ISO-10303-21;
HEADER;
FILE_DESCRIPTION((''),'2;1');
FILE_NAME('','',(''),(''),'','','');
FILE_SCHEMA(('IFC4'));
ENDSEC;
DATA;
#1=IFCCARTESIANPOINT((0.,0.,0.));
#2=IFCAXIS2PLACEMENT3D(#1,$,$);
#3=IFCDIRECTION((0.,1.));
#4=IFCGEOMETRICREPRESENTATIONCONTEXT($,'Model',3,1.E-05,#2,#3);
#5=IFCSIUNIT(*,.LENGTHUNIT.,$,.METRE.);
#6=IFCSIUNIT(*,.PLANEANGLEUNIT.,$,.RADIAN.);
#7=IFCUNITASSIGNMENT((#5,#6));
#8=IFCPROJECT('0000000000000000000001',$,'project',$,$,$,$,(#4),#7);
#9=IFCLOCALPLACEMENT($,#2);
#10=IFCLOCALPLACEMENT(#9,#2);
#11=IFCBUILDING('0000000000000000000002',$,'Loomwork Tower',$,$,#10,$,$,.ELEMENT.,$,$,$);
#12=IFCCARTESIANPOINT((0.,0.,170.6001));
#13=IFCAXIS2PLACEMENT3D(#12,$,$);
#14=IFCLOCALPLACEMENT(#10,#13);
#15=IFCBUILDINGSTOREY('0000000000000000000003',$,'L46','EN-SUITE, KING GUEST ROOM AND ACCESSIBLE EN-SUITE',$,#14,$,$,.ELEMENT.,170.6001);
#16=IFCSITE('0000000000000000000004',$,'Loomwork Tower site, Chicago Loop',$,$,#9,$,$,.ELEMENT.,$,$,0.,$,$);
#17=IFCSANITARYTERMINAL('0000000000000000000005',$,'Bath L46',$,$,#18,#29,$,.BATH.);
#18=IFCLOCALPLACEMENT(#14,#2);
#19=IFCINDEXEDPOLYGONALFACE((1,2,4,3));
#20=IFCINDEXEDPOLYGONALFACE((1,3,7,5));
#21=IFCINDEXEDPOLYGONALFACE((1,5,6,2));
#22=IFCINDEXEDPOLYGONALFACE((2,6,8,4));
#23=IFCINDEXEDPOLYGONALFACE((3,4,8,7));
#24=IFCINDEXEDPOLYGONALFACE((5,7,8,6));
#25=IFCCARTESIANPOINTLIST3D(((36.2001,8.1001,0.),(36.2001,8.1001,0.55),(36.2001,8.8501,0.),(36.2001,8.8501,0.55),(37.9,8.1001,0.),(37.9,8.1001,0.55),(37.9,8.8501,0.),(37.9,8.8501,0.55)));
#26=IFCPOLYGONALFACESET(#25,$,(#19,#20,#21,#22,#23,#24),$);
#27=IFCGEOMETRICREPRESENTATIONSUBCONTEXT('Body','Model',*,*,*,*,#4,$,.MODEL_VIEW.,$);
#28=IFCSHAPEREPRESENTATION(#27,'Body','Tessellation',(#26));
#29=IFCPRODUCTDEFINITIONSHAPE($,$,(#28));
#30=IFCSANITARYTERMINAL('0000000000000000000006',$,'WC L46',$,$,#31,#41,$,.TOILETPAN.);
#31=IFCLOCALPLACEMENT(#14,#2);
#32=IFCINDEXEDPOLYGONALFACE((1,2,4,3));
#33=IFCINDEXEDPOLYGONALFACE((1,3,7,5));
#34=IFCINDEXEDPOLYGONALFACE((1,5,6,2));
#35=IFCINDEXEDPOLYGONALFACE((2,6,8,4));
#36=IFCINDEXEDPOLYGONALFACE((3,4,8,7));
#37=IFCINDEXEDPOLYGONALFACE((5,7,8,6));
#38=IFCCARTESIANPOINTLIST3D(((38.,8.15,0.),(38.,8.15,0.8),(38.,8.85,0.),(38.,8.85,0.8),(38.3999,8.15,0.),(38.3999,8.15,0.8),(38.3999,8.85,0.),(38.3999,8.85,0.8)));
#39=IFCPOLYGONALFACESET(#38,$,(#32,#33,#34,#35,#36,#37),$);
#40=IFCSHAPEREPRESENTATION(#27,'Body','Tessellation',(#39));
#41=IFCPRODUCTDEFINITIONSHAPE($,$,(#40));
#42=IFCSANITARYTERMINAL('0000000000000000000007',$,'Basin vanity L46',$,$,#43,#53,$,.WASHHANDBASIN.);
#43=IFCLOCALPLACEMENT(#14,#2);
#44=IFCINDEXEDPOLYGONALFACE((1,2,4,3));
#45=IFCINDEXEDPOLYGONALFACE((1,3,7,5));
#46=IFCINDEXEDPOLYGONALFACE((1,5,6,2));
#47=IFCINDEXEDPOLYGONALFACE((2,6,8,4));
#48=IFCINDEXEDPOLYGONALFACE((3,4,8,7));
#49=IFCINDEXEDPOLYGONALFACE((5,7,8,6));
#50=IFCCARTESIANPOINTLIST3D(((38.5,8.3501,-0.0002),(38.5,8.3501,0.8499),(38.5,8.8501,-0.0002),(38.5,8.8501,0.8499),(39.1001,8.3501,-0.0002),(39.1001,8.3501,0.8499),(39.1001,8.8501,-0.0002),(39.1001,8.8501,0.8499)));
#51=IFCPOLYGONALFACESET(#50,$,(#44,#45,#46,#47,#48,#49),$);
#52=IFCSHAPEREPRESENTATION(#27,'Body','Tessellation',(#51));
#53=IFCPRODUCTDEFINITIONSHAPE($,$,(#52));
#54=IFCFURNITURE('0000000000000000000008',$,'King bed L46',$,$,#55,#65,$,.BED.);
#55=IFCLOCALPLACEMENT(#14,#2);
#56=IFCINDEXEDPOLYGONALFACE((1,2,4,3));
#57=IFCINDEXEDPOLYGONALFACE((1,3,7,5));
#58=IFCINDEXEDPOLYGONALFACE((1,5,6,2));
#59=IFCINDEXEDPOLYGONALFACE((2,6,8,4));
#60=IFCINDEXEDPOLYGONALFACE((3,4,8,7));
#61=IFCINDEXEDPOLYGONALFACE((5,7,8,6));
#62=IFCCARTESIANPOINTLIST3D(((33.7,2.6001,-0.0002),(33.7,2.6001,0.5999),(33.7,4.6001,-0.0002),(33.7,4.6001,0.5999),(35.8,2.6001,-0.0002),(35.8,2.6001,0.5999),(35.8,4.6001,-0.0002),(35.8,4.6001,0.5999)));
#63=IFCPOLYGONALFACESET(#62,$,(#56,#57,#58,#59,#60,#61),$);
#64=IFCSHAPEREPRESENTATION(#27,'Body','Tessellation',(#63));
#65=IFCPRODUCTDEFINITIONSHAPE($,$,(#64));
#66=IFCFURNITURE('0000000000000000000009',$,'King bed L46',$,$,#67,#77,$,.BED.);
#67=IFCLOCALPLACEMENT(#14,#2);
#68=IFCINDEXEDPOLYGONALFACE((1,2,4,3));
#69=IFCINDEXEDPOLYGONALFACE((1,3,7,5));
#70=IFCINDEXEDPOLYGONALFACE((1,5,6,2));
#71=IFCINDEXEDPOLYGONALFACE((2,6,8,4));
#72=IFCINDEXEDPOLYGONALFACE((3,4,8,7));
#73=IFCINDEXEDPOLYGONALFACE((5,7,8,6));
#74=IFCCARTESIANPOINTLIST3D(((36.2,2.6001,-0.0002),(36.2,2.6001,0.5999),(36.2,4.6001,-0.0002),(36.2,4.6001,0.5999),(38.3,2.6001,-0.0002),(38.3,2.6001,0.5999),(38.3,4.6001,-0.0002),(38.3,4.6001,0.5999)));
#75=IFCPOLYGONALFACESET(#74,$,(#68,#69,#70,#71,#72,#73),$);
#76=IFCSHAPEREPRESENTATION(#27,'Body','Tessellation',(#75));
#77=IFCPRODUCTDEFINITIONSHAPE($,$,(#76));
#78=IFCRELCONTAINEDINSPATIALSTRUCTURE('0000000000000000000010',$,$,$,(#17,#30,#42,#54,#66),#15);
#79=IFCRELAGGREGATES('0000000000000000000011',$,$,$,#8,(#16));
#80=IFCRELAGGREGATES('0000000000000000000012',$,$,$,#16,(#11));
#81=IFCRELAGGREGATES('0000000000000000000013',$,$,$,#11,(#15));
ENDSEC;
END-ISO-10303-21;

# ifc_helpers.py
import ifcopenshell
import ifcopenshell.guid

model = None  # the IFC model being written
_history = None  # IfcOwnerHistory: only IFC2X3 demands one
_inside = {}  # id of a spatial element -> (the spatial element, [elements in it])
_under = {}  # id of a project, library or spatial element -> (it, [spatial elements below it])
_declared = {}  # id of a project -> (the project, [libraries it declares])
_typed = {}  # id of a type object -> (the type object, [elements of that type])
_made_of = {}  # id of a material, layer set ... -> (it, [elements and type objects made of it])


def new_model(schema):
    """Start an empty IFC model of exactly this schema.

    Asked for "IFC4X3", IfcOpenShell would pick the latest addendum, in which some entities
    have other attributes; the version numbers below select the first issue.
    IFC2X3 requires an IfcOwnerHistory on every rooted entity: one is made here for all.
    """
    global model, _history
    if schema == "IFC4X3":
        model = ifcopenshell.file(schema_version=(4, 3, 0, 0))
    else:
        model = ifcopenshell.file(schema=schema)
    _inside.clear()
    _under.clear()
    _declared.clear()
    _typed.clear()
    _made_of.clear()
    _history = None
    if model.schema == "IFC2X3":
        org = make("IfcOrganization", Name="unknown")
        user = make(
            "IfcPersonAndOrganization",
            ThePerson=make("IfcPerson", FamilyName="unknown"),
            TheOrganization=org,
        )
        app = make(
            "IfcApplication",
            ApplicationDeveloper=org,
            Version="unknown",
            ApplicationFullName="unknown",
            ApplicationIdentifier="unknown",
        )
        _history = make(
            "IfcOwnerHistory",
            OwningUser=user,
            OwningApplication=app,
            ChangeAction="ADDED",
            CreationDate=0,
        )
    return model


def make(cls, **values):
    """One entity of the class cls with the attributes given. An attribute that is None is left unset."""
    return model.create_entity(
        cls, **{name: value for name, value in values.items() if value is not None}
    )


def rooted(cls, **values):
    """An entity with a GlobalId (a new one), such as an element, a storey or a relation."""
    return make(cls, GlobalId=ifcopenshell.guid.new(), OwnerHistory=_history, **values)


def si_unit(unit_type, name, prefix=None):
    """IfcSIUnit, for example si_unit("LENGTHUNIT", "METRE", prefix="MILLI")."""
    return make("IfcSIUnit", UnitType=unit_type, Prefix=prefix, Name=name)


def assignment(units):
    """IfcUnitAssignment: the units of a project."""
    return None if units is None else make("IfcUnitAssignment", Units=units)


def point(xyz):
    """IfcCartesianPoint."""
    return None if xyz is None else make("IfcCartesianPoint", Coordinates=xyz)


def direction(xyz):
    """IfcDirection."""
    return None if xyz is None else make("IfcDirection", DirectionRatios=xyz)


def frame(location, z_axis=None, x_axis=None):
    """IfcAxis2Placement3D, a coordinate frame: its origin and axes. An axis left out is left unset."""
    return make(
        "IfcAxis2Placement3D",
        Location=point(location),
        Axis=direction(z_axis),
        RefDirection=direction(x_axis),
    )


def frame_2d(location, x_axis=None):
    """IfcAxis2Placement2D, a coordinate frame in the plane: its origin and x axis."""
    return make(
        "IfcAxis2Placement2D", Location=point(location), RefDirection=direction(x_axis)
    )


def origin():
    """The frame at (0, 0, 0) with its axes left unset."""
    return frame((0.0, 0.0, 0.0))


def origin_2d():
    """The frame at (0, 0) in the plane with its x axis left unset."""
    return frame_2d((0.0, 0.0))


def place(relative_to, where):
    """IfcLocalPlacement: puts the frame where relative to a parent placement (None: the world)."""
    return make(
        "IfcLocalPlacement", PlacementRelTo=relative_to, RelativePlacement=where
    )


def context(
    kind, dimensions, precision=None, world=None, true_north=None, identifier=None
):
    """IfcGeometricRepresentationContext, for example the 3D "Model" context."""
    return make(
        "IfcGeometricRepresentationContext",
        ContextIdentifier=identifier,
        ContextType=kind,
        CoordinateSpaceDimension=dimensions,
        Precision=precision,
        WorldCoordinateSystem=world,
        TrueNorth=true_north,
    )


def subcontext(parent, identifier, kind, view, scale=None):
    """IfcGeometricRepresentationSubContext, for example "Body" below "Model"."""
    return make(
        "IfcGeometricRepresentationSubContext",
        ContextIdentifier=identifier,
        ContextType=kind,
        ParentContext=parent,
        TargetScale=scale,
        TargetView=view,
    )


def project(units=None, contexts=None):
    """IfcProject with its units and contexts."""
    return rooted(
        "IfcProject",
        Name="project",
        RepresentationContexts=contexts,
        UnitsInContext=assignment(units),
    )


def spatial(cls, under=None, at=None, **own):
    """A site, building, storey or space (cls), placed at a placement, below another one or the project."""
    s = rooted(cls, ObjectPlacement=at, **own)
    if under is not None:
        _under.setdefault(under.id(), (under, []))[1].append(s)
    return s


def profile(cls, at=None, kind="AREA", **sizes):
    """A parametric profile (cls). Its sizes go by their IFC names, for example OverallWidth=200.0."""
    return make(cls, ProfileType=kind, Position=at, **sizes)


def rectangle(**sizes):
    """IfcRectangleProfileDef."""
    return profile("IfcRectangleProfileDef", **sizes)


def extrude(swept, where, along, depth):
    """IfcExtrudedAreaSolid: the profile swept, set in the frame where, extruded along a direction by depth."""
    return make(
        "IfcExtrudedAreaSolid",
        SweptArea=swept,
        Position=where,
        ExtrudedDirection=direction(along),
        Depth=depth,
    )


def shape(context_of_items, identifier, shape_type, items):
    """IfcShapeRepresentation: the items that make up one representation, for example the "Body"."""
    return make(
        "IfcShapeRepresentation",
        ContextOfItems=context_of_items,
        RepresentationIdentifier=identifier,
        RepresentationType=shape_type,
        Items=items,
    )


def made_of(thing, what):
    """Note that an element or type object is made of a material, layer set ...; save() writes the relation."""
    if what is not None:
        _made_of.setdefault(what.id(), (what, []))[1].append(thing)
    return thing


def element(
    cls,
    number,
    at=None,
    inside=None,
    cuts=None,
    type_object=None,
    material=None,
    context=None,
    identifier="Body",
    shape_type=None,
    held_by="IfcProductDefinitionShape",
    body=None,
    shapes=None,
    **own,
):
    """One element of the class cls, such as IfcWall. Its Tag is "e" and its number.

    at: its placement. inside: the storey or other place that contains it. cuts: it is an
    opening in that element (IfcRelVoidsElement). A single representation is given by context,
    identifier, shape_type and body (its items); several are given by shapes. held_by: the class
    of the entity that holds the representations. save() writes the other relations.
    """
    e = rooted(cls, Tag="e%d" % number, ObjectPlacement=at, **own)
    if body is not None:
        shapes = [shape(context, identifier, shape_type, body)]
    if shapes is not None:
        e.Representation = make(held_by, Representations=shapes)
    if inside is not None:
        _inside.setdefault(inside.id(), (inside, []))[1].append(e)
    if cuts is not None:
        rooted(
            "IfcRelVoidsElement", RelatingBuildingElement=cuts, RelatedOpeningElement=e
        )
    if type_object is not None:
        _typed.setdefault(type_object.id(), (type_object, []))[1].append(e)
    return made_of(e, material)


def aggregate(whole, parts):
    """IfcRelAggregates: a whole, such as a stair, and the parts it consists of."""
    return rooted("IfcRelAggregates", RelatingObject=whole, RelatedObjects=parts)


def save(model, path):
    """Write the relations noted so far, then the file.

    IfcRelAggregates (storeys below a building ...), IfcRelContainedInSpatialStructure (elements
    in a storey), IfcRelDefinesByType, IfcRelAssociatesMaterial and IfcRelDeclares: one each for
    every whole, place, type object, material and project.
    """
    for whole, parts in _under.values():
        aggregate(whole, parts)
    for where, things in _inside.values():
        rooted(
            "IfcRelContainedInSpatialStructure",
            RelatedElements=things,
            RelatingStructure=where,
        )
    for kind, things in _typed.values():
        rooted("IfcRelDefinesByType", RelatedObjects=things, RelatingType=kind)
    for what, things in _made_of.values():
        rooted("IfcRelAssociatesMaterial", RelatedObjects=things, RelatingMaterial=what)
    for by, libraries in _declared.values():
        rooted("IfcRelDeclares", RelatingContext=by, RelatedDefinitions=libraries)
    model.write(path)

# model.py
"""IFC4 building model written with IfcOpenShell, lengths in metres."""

from ifc_helpers import new_model, si_unit, direction, frame, origin, origin_2d, place, context, subcontext, project, spatial, rectangle, extrude, element, save


model = new_model("IFC4")

# Units and contexts
model_context = context("Model", 3, precision=1e-05, world=origin(), true_north=direction((0.0, 1.0)))
body_context = subcontext(model_context, "Body", "Model", "MODEL_VIEW")
ifc_project = project(units=[si_unit("LENGTHUNIT", "METRE"), si_unit("PLANEANGLEUNIT", "RADIAN")], contexts=[model_context])

# Site, building, storey
site_placement = place(None, origin())
site = spatial("IfcSite", under=ifc_project, at=site_placement, Name="Loomwork Tower site, Chicago Loop", CompositionType="ELEMENT", RefElevation=0.0)
building_placement = place(site_placement, origin())
building = spatial("IfcBuilding", under=site, at=building_placement, Name="Loomwork Tower", CompositionType="ELEMENT")
storey_placement = place(building_placement, frame((0.0, 0.0, 170.6001)))
storey = spatial("IfcBuildingStorey", under=building, at=storey_placement, Name="L46", Description="EN-SUITE, KING GUEST ROOM AND ACCESSIBLE EN-SUITE", CompositionType="ELEMENT", Elevation=170.6001)

# Sanitary terminals
sanitary_terminal_1_placement = place(storey_placement, frame((37.05, 8.4751, 0.0), z_axis=(0.0, 0.0, 1.0), x_axis=(1.0, 0.0, 0.0)))
element("IfcSanitaryTerminal", 1, at=sanitary_terminal_1_placement, inside=storey, Name="Bath L46", PredefinedType="BATH", context=body_context, shape_type="SweptSolid", body=[
    extrude(rectangle(XDim=1.7, YDim=0.75, at=origin_2d()), origin(), (0.0, 0.0, 1.0), 0.55),
])
sanitary_terminal_2_placement = place(storey_placement, frame((38.2, 8.5, 0.0), z_axis=(0.0, 0.0, 1.0), x_axis=(1.0, 0.0, 0.0)))
element("IfcSanitaryTerminal", 2, at=sanitary_terminal_2_placement, inside=storey, Name="WC L46", PredefinedType="TOILETPAN", context=body_context, shape_type="SweptSolid", body=[
    extrude(rectangle(XDim=0.3999, YDim=0.7, at=origin_2d()), origin(), (0.0, 0.0, 1.0), 0.8),
])
sanitary_terminal_3_placement = place(storey_placement, frame((38.8, 8.6001, -0.0002), z_axis=(0.0, 0.0, 1.0), x_axis=(1.0, 0.0, 0.0)))
element("IfcSanitaryTerminal", 3, at=sanitary_terminal_3_placement, inside=storey, Name="Basin vanity L46", PredefinedType="WASHHANDBASIN", context=body_context, shape_type="SweptSolid", body=[
    extrude(rectangle(XDim=0.6001, YDim=0.5, at=origin_2d()), origin(), (0.0, 0.0, 1.0), 0.8501),
])

# Furniture
for number, where, z_axis, x_axis, name in (
    (4, (34.75, 3.6001, -0.0002), (0.0, 0.0, 1.0), (1.0, 0.0, 0.0), "King bed L46"),
    (5, (37.25, 3.6001, -0.0002), (0.0, 0.0, 1.0), (1.0, 0.0, 0.0), "King bed L46"),
):
    element("IfcFurniture", number, at=place(storey_placement, frame(where, z_axis=z_axis, x_axis=x_axis)), inside=storey, Name=name, PredefinedType="BED", context=body_context, shape_type="SweptSolid", body=[
        extrude(rectangle(XDim=2.1001, YDim=2.0, at=origin_2d()), origin(), (0.0, 0.0, 1.0), 0.6001),
    ])

save(model, "model.ifc")
